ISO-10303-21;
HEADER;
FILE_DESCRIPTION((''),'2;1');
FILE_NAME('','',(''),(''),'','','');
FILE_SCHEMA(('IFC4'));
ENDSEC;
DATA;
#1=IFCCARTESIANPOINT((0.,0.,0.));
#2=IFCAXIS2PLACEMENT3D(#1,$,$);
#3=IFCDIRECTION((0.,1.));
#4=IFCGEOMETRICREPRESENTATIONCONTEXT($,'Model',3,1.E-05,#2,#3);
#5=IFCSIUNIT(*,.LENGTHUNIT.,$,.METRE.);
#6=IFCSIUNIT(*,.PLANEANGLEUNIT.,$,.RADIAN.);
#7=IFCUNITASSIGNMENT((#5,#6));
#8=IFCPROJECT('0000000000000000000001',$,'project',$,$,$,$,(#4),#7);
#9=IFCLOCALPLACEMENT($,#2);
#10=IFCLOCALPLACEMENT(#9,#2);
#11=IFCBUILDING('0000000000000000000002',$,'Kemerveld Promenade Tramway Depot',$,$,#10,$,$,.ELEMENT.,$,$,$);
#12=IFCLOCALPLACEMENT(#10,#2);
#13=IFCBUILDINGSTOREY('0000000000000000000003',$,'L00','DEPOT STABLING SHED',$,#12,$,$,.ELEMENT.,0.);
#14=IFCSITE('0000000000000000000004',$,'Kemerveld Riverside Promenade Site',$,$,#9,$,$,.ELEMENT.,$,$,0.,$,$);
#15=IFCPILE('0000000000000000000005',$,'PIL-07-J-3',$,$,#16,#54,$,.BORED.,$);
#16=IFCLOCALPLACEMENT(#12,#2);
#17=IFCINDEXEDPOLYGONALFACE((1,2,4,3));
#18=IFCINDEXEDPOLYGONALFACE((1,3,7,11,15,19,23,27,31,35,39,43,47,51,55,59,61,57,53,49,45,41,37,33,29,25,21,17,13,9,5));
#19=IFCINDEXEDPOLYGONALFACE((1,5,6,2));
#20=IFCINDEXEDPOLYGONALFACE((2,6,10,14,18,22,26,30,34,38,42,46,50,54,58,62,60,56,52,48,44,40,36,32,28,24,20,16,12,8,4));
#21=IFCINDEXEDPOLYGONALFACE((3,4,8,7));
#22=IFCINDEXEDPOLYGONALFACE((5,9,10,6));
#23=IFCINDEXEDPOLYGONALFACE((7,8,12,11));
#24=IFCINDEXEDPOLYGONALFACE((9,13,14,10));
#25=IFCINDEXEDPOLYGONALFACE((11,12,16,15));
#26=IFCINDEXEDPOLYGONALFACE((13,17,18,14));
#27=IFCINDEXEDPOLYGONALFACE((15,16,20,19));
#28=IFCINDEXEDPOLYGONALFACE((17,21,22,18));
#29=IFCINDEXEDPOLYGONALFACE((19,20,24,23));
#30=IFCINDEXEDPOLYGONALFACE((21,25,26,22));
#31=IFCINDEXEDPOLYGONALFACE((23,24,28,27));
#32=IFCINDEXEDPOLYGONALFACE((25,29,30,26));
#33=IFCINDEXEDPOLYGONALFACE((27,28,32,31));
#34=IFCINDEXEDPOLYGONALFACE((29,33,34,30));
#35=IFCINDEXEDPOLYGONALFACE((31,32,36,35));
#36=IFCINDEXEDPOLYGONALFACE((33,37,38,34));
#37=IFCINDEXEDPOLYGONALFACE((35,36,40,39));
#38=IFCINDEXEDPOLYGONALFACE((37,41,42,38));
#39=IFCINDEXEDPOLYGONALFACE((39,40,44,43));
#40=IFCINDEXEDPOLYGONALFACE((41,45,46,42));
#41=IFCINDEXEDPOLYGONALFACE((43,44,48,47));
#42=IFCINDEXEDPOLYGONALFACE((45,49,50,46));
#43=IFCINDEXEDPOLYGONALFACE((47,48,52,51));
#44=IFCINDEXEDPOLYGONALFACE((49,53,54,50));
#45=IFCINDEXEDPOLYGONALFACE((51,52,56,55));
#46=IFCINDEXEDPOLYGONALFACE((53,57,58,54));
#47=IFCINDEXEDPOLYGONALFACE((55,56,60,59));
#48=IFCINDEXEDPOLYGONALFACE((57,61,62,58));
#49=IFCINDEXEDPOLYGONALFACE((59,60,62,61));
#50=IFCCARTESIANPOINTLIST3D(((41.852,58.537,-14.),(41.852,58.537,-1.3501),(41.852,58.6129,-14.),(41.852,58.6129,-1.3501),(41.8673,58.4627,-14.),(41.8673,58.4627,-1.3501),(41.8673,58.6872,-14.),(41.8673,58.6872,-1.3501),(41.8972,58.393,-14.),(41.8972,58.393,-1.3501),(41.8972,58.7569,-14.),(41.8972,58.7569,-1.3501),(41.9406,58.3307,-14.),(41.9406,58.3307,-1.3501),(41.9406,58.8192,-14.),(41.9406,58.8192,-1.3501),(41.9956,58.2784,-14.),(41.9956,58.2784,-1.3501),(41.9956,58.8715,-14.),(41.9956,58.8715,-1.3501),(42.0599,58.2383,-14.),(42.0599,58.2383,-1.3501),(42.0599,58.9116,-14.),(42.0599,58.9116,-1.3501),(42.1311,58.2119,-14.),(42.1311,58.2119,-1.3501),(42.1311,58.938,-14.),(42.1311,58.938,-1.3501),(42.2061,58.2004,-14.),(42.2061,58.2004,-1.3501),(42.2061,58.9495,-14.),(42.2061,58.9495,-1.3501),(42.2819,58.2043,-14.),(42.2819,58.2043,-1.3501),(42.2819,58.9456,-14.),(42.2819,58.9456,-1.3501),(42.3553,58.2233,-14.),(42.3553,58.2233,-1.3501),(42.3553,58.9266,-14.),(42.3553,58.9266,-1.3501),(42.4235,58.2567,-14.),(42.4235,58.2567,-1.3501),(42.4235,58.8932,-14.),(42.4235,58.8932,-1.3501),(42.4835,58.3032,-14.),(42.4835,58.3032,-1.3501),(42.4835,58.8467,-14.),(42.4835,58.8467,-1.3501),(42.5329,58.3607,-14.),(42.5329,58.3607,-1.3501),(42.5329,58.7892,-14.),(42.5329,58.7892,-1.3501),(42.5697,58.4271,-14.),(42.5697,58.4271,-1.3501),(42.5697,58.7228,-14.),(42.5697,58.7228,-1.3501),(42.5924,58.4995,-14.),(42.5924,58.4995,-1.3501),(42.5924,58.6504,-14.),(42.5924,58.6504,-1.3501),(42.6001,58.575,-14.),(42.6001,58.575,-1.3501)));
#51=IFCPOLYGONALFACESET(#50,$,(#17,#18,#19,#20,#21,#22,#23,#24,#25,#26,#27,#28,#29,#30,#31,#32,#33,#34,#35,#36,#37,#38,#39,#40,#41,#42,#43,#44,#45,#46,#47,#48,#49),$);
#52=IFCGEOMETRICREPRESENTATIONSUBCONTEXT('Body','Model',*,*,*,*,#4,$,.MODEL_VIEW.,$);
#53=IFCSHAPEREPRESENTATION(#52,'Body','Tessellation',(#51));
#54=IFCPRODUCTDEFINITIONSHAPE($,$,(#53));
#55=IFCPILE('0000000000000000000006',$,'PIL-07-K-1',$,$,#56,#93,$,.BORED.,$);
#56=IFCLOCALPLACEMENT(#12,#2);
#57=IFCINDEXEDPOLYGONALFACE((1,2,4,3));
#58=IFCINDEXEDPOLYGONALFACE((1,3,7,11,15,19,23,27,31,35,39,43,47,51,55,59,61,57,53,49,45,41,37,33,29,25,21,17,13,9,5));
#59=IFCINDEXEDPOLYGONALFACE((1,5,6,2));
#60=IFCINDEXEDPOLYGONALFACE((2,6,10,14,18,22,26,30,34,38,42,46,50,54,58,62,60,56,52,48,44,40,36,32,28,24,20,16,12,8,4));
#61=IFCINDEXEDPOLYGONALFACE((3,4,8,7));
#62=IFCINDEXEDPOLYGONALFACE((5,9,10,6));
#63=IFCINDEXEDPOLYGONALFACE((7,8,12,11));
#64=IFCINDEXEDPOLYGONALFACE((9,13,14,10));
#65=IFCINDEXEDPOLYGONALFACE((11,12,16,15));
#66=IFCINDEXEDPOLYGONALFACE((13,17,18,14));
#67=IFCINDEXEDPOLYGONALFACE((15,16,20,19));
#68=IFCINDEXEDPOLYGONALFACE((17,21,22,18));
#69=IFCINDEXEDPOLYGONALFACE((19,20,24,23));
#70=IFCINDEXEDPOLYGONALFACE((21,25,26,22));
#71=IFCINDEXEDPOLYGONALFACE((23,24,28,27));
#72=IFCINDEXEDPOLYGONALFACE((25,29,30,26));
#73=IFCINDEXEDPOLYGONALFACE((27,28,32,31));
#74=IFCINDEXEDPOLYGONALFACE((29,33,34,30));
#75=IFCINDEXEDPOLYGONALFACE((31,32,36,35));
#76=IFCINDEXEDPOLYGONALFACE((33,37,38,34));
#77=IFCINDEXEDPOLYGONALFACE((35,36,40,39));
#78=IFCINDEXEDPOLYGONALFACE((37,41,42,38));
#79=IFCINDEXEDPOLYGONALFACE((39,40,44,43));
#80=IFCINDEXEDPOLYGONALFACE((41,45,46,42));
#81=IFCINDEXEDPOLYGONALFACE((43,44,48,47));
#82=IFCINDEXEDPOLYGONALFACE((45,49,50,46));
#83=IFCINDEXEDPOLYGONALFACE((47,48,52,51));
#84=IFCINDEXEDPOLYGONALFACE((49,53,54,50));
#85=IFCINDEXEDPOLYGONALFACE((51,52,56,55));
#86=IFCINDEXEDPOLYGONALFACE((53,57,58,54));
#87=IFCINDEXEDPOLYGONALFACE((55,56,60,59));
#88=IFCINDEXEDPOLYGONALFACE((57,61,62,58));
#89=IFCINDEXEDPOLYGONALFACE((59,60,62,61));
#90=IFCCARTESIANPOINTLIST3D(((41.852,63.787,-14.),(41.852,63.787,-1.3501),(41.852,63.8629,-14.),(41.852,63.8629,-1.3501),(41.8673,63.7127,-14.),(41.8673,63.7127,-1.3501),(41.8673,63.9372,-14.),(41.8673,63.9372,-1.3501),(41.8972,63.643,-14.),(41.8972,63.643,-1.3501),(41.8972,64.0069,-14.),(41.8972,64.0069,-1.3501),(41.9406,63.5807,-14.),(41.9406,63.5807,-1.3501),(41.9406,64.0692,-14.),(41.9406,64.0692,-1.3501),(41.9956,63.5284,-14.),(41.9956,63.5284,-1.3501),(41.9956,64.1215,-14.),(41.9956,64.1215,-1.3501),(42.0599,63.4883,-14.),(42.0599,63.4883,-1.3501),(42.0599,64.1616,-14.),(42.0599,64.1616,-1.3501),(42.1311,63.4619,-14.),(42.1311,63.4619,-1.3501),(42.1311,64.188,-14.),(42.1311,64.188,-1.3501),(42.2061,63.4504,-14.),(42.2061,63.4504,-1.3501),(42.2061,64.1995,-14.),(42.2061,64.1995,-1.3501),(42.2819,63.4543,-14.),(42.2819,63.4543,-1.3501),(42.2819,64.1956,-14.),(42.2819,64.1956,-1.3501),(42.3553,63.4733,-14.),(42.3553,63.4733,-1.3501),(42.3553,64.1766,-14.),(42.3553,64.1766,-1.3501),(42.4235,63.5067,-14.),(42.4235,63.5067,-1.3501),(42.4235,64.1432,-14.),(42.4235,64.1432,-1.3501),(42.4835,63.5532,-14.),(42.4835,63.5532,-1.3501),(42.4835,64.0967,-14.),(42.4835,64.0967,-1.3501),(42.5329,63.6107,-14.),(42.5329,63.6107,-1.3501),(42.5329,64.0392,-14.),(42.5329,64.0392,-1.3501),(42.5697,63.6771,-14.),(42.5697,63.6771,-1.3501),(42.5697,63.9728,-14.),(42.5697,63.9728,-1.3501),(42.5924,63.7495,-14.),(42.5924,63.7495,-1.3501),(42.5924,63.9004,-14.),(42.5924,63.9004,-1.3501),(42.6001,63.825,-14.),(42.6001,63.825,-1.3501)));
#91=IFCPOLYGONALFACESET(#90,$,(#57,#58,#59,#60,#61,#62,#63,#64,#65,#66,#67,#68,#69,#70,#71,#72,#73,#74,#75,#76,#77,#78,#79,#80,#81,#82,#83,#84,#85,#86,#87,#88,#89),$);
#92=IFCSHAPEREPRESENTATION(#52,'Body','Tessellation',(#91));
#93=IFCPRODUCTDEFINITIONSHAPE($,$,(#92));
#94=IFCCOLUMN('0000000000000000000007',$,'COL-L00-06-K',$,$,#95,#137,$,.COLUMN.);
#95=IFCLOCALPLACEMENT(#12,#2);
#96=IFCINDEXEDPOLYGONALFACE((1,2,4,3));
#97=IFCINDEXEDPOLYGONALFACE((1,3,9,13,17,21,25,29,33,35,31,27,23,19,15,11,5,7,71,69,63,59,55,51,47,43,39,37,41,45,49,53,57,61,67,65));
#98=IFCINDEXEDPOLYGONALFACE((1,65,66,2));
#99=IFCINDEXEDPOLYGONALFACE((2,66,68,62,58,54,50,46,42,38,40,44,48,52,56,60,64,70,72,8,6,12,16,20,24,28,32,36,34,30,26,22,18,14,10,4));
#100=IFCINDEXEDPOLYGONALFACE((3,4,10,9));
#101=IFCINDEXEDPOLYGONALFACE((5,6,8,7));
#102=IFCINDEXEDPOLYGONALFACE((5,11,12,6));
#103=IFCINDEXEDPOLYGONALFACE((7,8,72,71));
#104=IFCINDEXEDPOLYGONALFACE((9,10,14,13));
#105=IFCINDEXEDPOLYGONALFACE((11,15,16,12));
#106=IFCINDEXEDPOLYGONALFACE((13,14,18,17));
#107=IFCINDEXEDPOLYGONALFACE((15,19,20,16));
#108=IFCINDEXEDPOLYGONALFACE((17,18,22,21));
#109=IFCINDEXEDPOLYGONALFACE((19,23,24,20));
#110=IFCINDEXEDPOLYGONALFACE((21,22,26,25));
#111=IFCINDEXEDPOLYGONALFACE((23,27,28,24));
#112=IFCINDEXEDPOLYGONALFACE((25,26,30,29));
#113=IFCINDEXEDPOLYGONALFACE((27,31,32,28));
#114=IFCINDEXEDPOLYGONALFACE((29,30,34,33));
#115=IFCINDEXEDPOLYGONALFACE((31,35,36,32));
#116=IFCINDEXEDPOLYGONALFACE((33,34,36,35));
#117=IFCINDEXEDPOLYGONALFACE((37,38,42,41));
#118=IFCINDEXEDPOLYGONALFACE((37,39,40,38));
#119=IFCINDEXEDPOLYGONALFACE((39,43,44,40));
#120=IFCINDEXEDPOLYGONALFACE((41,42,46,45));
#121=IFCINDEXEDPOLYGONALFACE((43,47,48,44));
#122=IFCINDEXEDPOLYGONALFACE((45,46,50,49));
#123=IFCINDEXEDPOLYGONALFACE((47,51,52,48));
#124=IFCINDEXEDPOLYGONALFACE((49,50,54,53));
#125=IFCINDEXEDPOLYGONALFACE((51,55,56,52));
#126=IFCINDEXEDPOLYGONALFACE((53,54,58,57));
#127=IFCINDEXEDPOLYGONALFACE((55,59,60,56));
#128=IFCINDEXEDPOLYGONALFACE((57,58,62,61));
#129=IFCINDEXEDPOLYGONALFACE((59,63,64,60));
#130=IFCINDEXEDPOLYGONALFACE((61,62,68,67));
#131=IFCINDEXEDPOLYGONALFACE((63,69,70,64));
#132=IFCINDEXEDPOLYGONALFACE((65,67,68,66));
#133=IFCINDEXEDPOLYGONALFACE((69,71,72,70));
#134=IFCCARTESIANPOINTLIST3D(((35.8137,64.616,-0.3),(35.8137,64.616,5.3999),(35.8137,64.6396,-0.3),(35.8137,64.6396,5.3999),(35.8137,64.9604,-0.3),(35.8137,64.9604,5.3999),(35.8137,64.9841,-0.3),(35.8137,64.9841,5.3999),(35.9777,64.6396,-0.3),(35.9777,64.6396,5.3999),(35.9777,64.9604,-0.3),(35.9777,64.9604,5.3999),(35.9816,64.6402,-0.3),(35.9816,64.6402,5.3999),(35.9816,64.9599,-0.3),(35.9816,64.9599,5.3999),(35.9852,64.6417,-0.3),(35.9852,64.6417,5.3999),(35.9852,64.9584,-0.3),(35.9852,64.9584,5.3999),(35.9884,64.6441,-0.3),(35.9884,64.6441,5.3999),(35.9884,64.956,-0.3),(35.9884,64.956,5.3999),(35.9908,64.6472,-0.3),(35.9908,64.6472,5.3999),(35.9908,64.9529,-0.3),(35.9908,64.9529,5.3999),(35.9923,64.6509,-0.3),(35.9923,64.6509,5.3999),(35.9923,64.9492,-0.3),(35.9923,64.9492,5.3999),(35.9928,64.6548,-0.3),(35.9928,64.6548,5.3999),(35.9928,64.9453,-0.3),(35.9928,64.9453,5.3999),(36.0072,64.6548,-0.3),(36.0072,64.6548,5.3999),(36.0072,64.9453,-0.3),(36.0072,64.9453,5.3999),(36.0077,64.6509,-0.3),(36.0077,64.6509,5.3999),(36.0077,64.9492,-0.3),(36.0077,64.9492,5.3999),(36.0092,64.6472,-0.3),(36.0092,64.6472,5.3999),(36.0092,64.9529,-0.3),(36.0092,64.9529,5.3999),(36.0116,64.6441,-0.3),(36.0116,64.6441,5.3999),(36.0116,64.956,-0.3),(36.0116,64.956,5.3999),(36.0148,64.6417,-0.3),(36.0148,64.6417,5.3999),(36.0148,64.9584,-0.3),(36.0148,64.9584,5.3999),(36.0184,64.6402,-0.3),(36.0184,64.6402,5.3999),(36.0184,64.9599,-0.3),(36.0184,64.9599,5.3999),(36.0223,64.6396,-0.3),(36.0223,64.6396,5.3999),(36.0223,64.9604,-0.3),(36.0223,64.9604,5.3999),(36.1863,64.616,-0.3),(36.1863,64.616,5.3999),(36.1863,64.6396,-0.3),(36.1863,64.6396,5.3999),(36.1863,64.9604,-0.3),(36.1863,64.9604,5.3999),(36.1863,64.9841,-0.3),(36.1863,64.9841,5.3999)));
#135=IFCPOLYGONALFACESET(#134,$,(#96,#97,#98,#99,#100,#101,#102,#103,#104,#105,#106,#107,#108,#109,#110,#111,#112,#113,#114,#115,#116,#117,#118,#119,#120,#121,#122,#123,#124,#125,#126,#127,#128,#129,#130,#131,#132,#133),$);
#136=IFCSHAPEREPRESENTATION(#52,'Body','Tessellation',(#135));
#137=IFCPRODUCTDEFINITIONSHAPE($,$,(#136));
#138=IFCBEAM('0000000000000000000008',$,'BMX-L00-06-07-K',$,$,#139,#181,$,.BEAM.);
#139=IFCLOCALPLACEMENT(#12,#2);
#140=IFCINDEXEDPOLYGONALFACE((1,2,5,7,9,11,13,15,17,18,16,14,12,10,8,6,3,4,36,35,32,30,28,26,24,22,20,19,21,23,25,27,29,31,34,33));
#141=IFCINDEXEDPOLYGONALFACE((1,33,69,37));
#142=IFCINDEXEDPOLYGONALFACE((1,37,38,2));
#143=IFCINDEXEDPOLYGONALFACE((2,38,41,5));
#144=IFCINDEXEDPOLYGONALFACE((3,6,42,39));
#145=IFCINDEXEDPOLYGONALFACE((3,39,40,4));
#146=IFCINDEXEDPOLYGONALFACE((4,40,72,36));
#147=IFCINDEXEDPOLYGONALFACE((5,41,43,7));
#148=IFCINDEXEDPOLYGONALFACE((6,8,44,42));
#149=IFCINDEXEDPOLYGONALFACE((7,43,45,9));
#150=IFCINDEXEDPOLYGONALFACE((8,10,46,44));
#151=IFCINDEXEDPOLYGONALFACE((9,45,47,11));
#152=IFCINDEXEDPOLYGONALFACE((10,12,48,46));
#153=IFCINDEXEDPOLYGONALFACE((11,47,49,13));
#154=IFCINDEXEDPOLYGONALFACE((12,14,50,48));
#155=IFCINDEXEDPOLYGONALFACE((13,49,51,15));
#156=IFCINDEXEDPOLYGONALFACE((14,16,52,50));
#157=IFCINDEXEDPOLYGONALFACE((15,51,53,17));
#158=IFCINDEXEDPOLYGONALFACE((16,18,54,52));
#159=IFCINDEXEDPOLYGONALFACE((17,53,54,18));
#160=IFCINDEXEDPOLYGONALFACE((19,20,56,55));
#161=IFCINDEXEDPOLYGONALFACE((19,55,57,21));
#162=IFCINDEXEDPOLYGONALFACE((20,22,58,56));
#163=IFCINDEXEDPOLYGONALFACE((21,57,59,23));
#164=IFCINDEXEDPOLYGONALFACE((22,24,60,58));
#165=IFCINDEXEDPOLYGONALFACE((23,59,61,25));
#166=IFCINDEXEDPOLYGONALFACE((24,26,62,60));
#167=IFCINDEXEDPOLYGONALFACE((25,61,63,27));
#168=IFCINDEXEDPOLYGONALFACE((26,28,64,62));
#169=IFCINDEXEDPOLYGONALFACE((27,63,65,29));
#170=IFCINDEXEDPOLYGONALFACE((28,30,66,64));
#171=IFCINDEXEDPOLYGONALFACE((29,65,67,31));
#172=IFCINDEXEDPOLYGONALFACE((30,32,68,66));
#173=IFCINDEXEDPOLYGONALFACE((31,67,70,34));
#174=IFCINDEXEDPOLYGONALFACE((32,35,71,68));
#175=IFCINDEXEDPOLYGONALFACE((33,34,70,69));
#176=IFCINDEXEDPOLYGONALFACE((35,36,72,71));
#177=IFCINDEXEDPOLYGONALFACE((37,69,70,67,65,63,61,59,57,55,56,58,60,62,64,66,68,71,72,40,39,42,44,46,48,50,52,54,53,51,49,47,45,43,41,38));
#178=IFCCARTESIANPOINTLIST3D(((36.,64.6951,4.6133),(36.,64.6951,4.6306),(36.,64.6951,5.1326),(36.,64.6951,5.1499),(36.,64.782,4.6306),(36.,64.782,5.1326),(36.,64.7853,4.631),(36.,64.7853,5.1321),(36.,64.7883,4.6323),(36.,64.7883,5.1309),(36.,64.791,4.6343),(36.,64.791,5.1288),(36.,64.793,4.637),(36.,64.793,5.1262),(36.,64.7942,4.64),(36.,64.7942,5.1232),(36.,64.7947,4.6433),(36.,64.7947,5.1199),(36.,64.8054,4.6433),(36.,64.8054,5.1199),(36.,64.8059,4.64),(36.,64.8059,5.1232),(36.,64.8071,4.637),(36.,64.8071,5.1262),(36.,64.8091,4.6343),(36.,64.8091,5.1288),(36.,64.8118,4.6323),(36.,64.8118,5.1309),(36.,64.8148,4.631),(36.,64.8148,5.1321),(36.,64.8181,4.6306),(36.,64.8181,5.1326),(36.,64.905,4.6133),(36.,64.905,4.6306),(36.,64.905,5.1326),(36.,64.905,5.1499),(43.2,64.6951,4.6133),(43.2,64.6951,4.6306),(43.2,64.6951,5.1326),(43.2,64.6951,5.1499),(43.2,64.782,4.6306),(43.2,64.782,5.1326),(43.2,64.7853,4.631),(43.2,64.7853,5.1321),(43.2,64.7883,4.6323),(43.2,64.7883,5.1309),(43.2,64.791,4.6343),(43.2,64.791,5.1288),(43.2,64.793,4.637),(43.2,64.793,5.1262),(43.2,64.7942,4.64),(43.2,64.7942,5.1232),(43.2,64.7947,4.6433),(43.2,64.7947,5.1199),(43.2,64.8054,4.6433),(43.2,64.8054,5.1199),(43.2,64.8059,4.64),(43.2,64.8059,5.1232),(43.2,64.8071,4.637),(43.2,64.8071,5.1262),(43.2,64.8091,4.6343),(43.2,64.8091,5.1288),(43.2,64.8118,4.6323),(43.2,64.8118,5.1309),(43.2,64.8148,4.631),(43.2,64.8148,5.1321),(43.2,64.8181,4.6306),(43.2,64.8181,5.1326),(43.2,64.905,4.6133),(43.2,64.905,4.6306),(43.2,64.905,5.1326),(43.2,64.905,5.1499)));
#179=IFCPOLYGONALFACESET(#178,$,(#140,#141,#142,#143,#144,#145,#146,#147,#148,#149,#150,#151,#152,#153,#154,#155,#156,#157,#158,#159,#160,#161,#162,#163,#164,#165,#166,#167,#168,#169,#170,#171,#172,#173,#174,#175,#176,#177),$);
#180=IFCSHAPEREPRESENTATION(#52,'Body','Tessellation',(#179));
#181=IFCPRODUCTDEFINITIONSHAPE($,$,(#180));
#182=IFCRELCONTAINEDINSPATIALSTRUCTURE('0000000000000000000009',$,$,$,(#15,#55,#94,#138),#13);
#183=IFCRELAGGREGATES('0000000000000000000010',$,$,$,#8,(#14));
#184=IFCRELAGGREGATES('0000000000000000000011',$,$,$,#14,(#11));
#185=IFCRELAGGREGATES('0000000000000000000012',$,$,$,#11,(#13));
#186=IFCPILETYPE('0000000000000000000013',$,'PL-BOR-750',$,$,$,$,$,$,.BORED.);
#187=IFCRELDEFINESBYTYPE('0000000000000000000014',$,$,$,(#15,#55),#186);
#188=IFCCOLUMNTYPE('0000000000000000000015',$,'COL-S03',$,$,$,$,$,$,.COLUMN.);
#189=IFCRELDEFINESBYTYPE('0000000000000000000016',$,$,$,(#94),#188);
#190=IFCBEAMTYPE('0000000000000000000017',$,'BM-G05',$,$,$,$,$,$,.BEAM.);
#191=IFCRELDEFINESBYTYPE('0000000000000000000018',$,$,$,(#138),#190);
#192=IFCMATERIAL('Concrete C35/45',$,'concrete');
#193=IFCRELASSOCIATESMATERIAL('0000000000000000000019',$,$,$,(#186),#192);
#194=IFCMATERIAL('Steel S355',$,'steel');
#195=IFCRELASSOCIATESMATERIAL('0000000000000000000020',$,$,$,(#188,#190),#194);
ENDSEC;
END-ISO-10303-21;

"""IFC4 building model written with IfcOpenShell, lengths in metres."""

from ifc_helpers import new_model, si_unit, direction, frame, origin, origin_2d, place, context, subcontext, project, spatial, circle, i_section, extrude, material, material_profile, profile_set, type_object, element, save


model = new_model("IFC4")

# Units and contexts
model_context = context("Model", 3, precision=1e-05, world=origin(), true_north=direction((0.0, 1.0)))
body_context = subcontext(model_context, "Body", "Model", "MODEL_VIEW")
ifc_project = project(units=[si_unit("LENGTHUNIT", "METRE"), si_unit("PLANEANGLEUNIT", "RADIAN")], contexts=[model_context])

# Site, building, storey
site_placement = place(None, origin())
site = spatial("IfcSite", under=ifc_project, at=site_placement, Name="Kemerveld Riverside Promenade Site", CompositionType="ELEMENT", RefElevation=0.0)
building_placement = place(site_placement, origin())
building = spatial("IfcBuilding", under=site, at=building_placement, Name="Kemerveld Promenade Tramway Depot", CompositionType="ELEMENT")
storey_placement = place(building_placement, origin())
storey = spatial("IfcBuildingStorey", under=building, at=storey_placement, Name="L00", Description="DEPOT STABLING SHED", CompositionType="ELEMENT", Elevation=0.0)

# Shared definitions
ifc_material_1 = material(Name="Concrete C35/45", Category="concrete")

# Piles
ifc_material_profile_1 = material_profile(ifc_material_1, circle(Radius=0.375, at=origin_2d()), Name="PILE-D750")
ifc_profile_set_1 = profile_set([ifc_material_profile_1], Name="Concrete C35/45")
pile_type = type_object("IfcPileType", Name="PL-BOR-750", PredefinedType="BORED", material=ifc_profile_set_1)
for number, where, z_axis, x_axis, name in (
    (1, (42.2251, 58.575, -1.3501), (0.0, 0.0, -1.0), (1.0, 0.0, 0.0), "PIL-07-J-3"),
    (2, (42.2251, 63.825, -1.3501), (0.0, 0.0, -1.0), (1.0, 0.0, 0.0), "PIL-07-K-1"),
):
    element("IfcPile", number, at=place(storey_placement, frame(where, z_axis=z_axis, x_axis=x_axis)), inside=storey, type_object=pile_type, Name=name, PredefinedType="BORED", context=body_context, shape_type="SweptSolid", body=[
        extrude(circle(Radius=0.375, at=origin_2d()), origin(), (0.0, 0.0, 1.0), 12.6499),
    ])

# Column
ifc_material_2 = material(Name="Steel S355", Category="steel")
ifc_material_profile_2 = material_profile(ifc_material_2, i_section(OverallWidth=0.3726, OverallDepth=0.3682, WebThickness=0.0144, FlangeThickness=0.0237, FilletRadius=0.0151, at=origin_2d()), Name="356x368x177 UC")
ifc_profile_set_2 = profile_set([ifc_material_profile_2], Name="Steel S355")
column_type = type_object("IfcColumnType", Name="COL-S03", PredefinedType="COLUMN", material=ifc_profile_set_2)
column_placement = place(storey_placement, frame((36.0, 64.8, -0.3), z_axis=(0.0, 0.0, 1.0), x_axis=(1.0, 0.0, 0.0)))
element("IfcColumn", 3, at=column_placement, inside=storey, type_object=column_type, Name="COL-L00-06-K", PredefinedType="COLUMN", context=body_context, shape_type="SweptSolid", body=[
    extrude(i_section(OverallWidth=0.3726, OverallDepth=0.3682, WebThickness=0.0144, FlangeThickness=0.0237, FilletRadius=0.0151, at=origin_2d()), origin(), (0.0, 0.0, 1.0), 5.7),
])

# Beam
ifc_material_profile_3 = material_profile(ifc_material_2, i_section(OverallWidth=0.21, OverallDepth=0.5366, WebThickness=0.0107, FlangeThickness=0.0173, FilletRadius=0.0127, at=origin_2d()), Name="533x210x101 UB")
ifc_profile_set_3 = profile_set([ifc_material_profile_3], Name="Steel S355")
beam_type_1 = type_object("IfcBeamType", Name="BM-G05", PredefinedType="BEAM", material=ifc_profile_set_3)
beam_1_placement = place(storey_placement, frame((36.0, 64.8, 4.8816), z_axis=(1.0, 0.0, 0.0), x_axis=(0.0, 1.0, 0.0)))
element("IfcBeam", 4, at=beam_1_placement, inside=storey, type_object=beam_type_1, Name="BMX-L00-06-07-K", PredefinedType="BEAM", context=body_context, shape_type="SweptSolid", body=[
    extrude(i_section(OverallWidth=0.21, OverallDepth=0.5366, WebThickness=0.0107, FlangeThickness=0.0173, FilletRadius=0.0127, at=origin_2d()), origin(), (0.0, 0.0, 1.0), 7.2),
])

save(model, "model.ifc")
